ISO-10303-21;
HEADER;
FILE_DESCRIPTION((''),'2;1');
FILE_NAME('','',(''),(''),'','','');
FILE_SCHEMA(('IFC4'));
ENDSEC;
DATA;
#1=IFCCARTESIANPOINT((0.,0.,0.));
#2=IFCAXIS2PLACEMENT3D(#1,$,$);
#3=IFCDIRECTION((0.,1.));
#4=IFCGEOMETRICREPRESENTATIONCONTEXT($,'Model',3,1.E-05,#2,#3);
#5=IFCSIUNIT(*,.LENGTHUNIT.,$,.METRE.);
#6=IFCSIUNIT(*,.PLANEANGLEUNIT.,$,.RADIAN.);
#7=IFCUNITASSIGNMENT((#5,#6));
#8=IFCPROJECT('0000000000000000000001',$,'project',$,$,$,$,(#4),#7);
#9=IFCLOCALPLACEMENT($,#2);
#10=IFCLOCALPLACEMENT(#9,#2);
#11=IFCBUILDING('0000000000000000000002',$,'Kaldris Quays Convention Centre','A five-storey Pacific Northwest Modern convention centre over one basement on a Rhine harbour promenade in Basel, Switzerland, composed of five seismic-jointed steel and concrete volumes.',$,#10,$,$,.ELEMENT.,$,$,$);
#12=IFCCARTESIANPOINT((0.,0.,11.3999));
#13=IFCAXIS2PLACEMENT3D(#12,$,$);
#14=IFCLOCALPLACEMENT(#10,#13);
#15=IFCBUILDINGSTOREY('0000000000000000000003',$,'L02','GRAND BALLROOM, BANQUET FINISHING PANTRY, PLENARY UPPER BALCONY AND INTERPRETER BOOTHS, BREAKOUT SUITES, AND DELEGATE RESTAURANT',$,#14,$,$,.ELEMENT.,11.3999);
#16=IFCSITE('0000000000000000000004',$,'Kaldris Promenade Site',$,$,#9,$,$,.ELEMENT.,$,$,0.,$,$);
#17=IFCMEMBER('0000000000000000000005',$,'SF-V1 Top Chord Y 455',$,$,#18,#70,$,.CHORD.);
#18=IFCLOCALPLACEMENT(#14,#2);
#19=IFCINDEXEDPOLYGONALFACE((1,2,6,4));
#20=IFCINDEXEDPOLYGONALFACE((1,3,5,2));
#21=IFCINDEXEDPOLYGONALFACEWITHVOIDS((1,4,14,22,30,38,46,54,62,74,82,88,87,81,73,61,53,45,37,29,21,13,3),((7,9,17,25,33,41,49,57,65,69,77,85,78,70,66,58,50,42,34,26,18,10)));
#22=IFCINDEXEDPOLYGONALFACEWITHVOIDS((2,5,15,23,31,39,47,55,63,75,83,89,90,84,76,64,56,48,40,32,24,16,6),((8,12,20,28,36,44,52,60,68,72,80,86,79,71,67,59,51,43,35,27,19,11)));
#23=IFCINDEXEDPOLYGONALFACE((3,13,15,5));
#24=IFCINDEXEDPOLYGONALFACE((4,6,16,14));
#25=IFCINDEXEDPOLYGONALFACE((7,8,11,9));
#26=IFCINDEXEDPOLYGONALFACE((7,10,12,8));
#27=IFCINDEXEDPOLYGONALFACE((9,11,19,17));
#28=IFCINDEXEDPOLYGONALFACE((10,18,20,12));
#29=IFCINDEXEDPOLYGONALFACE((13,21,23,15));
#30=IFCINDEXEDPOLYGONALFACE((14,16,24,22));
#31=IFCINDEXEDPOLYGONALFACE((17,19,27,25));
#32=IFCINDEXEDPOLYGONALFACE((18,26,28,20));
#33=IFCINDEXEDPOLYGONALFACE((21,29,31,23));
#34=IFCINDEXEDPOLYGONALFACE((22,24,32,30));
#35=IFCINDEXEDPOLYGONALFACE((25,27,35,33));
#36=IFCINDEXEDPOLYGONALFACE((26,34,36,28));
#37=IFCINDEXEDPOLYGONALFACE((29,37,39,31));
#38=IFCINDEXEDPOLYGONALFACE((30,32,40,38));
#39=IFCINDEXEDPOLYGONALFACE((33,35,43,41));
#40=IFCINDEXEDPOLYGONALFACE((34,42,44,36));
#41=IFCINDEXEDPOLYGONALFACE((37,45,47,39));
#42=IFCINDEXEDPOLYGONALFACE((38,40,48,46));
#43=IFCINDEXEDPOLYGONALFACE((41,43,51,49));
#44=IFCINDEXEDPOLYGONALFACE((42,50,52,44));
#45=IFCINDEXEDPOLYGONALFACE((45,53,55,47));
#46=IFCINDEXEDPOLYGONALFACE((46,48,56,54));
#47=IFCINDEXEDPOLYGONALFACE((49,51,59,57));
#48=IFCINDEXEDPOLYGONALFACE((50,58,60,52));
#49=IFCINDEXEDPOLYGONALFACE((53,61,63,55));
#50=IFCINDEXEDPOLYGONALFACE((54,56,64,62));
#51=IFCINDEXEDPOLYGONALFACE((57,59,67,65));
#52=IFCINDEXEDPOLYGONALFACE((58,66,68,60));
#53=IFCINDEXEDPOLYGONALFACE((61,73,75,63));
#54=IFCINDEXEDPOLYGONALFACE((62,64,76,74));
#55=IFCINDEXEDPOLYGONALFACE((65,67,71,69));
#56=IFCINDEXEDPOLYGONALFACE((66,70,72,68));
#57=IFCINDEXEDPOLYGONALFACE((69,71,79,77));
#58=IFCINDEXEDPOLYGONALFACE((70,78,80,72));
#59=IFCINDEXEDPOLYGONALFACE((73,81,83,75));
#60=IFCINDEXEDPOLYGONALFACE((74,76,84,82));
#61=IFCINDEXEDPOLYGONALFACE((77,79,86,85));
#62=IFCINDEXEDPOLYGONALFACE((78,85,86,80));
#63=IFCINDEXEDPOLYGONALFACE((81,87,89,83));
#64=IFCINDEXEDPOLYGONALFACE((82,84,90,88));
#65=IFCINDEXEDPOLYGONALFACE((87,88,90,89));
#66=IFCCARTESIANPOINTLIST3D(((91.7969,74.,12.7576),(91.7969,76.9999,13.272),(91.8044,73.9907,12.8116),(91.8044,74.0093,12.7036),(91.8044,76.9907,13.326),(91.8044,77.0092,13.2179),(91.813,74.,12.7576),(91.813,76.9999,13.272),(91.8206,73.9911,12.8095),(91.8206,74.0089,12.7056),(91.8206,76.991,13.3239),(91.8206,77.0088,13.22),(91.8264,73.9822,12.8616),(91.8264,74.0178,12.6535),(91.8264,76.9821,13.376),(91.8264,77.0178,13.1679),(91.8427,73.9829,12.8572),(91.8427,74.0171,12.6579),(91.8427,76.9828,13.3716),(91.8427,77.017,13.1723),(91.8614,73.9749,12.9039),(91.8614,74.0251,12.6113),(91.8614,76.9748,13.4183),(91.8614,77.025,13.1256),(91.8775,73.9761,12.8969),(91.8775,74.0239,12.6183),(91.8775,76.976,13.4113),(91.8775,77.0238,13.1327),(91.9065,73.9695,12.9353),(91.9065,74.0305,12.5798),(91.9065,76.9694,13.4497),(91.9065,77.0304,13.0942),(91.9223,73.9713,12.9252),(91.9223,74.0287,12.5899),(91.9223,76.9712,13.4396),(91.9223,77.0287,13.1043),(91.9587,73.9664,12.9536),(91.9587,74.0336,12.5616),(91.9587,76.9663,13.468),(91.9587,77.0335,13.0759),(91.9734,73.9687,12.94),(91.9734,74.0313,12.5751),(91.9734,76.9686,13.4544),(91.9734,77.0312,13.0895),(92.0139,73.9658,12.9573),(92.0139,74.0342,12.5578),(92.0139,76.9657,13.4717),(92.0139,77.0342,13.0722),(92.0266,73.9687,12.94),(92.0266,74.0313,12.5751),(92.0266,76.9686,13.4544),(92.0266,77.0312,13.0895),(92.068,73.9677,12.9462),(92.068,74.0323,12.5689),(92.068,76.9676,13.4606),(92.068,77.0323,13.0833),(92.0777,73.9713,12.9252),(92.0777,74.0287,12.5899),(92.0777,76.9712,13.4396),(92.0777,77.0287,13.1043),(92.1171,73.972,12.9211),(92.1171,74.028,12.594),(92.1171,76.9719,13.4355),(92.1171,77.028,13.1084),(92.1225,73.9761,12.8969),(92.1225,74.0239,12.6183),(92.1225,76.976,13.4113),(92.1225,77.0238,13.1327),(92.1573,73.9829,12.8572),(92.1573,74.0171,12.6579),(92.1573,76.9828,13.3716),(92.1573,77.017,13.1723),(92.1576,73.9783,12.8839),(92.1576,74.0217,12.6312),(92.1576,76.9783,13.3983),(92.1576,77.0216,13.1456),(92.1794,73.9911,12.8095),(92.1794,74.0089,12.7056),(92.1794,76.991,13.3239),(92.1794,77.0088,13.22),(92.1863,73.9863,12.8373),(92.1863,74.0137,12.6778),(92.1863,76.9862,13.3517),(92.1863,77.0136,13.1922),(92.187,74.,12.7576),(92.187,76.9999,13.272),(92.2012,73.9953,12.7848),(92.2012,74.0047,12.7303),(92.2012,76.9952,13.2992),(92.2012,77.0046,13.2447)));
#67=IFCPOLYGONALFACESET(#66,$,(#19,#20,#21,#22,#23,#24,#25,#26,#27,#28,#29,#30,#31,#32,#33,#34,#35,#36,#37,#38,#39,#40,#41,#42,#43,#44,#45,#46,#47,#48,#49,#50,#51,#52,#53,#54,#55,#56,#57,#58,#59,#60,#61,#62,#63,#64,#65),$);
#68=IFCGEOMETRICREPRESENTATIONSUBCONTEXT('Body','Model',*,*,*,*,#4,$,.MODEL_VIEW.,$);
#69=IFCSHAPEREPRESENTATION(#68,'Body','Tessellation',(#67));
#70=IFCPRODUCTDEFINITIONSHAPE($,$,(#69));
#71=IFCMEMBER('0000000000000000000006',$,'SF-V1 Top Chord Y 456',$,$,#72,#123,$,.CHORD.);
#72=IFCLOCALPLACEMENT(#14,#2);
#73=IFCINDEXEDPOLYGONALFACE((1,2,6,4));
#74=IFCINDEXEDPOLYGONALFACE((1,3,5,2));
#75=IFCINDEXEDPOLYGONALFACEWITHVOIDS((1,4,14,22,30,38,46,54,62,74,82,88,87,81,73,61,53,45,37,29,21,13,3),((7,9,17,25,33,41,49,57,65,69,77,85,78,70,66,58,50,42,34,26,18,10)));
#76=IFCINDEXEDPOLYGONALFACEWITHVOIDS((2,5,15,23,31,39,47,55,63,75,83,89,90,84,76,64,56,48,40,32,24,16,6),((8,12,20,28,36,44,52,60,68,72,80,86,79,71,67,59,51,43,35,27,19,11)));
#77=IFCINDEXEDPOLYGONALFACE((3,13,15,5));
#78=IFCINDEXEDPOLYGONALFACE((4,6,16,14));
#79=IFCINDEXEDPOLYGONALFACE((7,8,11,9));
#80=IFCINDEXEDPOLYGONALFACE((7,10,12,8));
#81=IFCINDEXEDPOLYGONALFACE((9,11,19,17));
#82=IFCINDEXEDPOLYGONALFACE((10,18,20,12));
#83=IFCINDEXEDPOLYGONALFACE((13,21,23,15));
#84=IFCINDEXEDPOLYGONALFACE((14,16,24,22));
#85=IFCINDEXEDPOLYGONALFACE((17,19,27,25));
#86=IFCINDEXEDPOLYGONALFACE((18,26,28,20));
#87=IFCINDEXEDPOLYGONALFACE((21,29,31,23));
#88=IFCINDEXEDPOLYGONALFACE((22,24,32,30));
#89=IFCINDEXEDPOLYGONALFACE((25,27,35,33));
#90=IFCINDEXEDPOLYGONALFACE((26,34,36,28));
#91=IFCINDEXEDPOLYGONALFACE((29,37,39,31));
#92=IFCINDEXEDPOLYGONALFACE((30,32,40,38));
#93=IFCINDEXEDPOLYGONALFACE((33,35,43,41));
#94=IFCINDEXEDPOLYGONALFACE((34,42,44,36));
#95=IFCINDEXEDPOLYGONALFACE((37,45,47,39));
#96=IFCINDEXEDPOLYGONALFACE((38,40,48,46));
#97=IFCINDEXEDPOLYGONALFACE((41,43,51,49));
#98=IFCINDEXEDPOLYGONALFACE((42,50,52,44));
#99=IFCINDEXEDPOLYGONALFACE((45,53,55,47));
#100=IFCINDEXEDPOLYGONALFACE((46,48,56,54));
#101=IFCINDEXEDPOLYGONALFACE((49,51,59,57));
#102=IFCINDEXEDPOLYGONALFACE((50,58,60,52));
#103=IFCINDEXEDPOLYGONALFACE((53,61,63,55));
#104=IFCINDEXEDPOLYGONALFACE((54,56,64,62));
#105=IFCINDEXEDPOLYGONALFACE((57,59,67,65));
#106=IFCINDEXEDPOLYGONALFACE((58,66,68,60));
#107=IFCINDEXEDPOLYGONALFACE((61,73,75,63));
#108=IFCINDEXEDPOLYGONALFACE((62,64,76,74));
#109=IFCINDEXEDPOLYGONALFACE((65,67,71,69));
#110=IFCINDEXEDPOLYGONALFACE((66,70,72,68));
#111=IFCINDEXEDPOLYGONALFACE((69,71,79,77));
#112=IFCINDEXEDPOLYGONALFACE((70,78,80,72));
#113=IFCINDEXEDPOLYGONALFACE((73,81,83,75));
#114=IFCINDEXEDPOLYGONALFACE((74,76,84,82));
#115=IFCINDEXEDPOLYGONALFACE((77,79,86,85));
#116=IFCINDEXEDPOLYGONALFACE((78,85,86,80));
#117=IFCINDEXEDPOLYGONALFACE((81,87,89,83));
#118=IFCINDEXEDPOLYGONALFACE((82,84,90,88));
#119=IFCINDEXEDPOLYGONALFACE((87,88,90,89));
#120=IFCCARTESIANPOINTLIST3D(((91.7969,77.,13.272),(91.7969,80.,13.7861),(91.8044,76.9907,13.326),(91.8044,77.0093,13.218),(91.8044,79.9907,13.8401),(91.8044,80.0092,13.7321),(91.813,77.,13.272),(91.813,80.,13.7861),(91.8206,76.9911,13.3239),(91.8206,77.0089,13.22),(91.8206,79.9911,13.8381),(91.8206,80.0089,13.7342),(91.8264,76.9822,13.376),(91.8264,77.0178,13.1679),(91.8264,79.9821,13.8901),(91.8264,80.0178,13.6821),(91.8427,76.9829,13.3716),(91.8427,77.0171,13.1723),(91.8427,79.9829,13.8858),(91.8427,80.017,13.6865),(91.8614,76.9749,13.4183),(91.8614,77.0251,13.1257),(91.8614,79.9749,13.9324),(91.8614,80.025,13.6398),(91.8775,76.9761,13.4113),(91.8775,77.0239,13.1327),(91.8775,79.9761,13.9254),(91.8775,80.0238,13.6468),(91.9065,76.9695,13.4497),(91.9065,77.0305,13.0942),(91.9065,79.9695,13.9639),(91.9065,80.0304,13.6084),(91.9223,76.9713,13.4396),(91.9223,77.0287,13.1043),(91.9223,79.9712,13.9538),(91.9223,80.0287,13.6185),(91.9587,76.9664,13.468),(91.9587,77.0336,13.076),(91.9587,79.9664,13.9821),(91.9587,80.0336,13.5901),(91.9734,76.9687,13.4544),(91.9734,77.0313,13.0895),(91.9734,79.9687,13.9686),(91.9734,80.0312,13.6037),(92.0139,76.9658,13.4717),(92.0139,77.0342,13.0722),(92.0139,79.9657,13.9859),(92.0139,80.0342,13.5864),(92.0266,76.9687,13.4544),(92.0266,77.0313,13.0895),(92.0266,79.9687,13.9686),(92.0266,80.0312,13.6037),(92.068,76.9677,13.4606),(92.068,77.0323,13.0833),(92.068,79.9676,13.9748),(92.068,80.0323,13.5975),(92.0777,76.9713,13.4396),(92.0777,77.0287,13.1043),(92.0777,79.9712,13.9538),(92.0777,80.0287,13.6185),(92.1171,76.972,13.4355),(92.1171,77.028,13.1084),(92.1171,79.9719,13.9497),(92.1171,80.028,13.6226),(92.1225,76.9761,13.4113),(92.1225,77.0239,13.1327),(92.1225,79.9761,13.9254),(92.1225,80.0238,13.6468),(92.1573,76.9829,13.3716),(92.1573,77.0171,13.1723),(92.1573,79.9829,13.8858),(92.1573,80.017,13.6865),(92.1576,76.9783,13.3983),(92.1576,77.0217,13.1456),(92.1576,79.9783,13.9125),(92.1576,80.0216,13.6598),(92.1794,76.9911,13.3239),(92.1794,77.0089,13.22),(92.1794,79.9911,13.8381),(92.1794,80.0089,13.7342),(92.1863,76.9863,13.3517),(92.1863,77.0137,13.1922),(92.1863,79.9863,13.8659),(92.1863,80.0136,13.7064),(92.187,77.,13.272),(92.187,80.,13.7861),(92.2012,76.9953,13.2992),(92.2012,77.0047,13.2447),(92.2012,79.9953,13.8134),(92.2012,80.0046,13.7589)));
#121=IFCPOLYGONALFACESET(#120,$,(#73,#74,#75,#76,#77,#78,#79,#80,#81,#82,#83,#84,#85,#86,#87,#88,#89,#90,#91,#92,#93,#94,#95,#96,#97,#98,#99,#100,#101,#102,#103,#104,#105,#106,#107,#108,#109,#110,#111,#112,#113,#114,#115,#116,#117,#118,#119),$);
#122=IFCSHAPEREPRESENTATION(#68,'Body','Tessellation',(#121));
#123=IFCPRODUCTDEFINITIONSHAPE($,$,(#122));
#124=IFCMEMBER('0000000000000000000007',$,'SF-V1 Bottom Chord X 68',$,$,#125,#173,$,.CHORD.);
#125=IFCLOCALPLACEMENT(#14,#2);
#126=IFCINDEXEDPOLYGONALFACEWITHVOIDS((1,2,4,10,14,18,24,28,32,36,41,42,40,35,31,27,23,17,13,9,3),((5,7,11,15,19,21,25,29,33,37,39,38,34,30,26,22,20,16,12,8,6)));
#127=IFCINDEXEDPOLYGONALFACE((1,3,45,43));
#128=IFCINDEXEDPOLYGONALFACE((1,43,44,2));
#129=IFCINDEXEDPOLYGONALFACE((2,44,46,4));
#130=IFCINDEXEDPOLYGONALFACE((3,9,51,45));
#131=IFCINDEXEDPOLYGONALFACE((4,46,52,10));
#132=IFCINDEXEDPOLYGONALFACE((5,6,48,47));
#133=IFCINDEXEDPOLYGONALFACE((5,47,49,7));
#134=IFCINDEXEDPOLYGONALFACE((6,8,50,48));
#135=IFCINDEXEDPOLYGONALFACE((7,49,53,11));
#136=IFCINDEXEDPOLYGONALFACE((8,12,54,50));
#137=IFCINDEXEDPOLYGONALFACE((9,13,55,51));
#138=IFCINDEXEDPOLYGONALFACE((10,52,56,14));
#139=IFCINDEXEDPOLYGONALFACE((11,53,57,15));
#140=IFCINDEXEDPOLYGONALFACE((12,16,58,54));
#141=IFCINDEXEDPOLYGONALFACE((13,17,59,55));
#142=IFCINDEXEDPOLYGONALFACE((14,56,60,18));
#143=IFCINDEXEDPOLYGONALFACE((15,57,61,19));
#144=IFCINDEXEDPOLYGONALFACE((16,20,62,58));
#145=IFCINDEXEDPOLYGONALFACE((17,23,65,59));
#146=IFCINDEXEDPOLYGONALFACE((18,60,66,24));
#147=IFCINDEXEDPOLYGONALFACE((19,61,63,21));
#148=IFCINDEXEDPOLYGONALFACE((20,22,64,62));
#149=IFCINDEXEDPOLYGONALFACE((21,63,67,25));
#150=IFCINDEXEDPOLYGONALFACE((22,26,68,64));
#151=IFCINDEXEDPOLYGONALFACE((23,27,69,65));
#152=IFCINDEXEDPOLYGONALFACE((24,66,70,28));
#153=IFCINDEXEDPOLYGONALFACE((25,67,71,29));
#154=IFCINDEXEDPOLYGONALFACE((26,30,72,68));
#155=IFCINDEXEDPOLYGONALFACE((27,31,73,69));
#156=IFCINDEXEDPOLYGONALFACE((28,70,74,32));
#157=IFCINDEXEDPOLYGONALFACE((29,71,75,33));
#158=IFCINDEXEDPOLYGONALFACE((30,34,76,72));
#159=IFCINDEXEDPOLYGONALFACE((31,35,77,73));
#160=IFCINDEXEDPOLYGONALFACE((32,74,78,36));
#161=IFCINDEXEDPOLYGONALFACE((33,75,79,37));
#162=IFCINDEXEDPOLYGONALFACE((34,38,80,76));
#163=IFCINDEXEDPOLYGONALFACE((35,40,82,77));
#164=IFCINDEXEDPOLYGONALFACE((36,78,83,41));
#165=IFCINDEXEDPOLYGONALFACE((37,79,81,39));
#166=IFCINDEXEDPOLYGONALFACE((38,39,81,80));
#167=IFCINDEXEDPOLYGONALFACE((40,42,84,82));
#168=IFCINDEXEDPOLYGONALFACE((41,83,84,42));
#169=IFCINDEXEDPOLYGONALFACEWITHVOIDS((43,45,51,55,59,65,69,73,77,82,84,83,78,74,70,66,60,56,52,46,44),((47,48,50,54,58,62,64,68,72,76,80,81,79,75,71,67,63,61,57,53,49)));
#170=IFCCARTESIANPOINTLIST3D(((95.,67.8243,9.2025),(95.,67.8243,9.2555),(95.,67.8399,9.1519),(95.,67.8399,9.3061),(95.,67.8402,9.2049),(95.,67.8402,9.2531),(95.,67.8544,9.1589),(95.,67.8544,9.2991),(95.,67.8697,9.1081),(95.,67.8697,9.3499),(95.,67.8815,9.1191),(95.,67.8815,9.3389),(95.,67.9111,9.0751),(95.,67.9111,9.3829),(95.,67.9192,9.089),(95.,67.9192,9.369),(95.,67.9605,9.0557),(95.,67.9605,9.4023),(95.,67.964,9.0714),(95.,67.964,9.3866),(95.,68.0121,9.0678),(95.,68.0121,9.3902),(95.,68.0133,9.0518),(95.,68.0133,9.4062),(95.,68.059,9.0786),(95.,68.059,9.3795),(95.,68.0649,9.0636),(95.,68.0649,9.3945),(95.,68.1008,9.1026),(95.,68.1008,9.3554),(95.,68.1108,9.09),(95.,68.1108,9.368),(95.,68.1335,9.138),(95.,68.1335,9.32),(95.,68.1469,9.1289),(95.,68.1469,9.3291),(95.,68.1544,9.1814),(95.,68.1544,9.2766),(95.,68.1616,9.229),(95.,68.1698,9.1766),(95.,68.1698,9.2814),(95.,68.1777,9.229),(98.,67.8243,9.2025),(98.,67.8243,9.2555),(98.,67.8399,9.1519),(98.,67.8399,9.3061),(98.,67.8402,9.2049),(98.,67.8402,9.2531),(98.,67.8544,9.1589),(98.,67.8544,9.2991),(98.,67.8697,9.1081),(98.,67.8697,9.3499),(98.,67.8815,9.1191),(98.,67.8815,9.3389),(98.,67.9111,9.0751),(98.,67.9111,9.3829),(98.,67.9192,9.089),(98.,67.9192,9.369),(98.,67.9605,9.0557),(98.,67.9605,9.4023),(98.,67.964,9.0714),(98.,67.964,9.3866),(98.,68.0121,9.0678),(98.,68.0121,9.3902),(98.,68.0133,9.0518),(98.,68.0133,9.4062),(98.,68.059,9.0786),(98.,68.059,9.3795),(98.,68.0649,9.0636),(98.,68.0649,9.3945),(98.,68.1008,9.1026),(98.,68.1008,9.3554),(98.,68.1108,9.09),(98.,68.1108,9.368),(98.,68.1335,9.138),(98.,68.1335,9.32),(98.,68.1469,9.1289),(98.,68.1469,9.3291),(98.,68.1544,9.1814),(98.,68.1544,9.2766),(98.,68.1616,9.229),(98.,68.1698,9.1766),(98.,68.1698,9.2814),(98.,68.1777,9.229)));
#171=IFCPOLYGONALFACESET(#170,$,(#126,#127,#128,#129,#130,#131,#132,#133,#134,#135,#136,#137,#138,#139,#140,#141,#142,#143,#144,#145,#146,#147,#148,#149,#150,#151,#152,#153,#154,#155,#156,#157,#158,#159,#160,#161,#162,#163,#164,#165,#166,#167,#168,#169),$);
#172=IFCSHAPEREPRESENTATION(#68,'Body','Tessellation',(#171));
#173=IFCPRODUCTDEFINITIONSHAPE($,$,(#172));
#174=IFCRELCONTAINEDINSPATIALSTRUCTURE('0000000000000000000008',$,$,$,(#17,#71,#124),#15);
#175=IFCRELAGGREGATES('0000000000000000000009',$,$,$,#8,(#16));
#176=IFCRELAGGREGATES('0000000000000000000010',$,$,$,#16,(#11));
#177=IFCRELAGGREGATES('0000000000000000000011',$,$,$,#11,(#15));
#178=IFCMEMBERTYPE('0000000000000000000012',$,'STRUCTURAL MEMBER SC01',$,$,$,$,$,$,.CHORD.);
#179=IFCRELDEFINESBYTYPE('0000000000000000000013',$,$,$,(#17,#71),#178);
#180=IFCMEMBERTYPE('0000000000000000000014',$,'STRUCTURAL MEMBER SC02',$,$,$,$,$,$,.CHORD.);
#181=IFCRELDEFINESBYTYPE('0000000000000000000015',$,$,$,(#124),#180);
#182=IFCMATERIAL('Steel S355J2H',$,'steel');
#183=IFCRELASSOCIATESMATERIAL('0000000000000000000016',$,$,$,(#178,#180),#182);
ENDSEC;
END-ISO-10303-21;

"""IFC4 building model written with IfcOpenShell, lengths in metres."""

from ifc_helpers import new_model, si_unit, direction, frame, origin, origin_2d, place, context, subcontext, project, spatial, hollow_circle, extrude, material, material_profile, profile_set, type_object, element, save


model = new_model("IFC4")

# Units and contexts
model_context = context("Model", 3, precision=1e-05, world=origin(), true_north=direction((0.0, 1.0)))
body_context = subcontext(model_context, "Body", "Model", "MODEL_VIEW")
ifc_project = project(units=[si_unit("LENGTHUNIT", "METRE"), si_unit("PLANEANGLEUNIT", "RADIAN")], contexts=[model_context])

# Site, building, storey
site_placement = place(None, origin())
site = spatial("IfcSite", under=ifc_project, at=site_placement, Name="Kaldris Promenade Site", CompositionType="ELEMENT", RefElevation=0.0)
building_placement = place(site_placement, origin())
building = spatial("IfcBuilding", under=site, at=building_placement, Name="Kaldris Quays Convention Centre", Description="A five-storey Pacific Northwest Modern convention centre over one basement on a Rhine harbour promenade in Basel, Switzerland, composed of five seismic-jointed steel and concrete volumes.", CompositionType="ELEMENT")
storey_placement = place(building_placement, frame((0.0, 0.0, 11.3999)))
storey = spatial("IfcBuildingStorey", under=building, at=storey_placement, Name="L02", Description="GRAND BALLROOM, BANQUET FINISHING PANTRY, PLENARY UPPER BALCONY AND INTERPRETER BOOTHS, BREAKOUT SUITES, AND DELEGATE RESTAURANT", CompositionType="ELEMENT", Elevation=11.3999)

# Members
ifc_material_1 = material(Name="Steel S355J2H", Category="steel")
ifc_material_profile_1 = material_profile(ifc_material_1, hollow_circle(Radius=0.2031, WallThickness=0.0161, at=origin_2d()), Name="CHS 406.4x16")
ifc_profile_set_1 = profile_set([ifc_material_profile_1], Name="Steel S355J2H")
member_type_1 = type_object("IfcMemberType", Name="STRUCTURAL MEMBER SC01", PredefinedType="CHORD", material=ifc_profile_set_1)
for number, where, z_axis, x_axis, name in (
    (1, (92.0, 74.0, 12.7576), (0.0, 0.985616, 0.169002), (-1.0, 0.0, 0.0), "SF-V1 Top Chord Y 455"),
    (2, (92.0, 77.0, 13.272), (0.0, 0.985629, 0.168924), (-1.0, 0.0, 0.0), "SF-V1 Top Chord Y 456"),
):
    element("IfcMember", number, at=place(storey_placement, frame(where, z_axis=z_axis, x_axis=x_axis)), inside=storey, type_object=member_type_1, Name=name, PredefinedType="CHORD", context=body_context, shape_type="SweptSolid", body=[
        extrude(hollow_circle(Radius=0.2031, WallThickness=0.0161, at=origin_2d()), origin(), (0.0, 0.0, 1.0), 3.0437),
    ])
ifc_material_profile_2 = material_profile(ifc_material_1, hollow_circle(Radius=0.1777, WallThickness=0.0161, at=origin_2d()), Name="CHS 355.6x16")
ifc_profile_set_2 = profile_set([ifc_material_profile_2], Name="Steel S355J2H")
member_type_2 = type_object("IfcMemberType", Name="STRUCTURAL MEMBER SC02", PredefinedType="CHORD", material=ifc_profile_set_2)
for number, where, z_axis, x_axis, name in (
    (3, (95.0, 68.0, 9.229), (1.0, 0.0, 0.0), (0.0, 1.0, 0.0), "SF-V1 Bottom Chord X 68"),
):
    element("IfcMember", number, at=place(storey_placement, frame(where, z_axis=z_axis, x_axis=x_axis)), inside=storey, type_object=member_type_2, Name=name, PredefinedType="CHORD", context=body_context, shape_type="SweptSolid", body=[
        extrude(hollow_circle(Radius=0.1777, WallThickness=0.0161, at=origin_2d()), origin(), (0.0, 0.0, 1.0), 3.0),
    ])

save(model, "model.ifc")
